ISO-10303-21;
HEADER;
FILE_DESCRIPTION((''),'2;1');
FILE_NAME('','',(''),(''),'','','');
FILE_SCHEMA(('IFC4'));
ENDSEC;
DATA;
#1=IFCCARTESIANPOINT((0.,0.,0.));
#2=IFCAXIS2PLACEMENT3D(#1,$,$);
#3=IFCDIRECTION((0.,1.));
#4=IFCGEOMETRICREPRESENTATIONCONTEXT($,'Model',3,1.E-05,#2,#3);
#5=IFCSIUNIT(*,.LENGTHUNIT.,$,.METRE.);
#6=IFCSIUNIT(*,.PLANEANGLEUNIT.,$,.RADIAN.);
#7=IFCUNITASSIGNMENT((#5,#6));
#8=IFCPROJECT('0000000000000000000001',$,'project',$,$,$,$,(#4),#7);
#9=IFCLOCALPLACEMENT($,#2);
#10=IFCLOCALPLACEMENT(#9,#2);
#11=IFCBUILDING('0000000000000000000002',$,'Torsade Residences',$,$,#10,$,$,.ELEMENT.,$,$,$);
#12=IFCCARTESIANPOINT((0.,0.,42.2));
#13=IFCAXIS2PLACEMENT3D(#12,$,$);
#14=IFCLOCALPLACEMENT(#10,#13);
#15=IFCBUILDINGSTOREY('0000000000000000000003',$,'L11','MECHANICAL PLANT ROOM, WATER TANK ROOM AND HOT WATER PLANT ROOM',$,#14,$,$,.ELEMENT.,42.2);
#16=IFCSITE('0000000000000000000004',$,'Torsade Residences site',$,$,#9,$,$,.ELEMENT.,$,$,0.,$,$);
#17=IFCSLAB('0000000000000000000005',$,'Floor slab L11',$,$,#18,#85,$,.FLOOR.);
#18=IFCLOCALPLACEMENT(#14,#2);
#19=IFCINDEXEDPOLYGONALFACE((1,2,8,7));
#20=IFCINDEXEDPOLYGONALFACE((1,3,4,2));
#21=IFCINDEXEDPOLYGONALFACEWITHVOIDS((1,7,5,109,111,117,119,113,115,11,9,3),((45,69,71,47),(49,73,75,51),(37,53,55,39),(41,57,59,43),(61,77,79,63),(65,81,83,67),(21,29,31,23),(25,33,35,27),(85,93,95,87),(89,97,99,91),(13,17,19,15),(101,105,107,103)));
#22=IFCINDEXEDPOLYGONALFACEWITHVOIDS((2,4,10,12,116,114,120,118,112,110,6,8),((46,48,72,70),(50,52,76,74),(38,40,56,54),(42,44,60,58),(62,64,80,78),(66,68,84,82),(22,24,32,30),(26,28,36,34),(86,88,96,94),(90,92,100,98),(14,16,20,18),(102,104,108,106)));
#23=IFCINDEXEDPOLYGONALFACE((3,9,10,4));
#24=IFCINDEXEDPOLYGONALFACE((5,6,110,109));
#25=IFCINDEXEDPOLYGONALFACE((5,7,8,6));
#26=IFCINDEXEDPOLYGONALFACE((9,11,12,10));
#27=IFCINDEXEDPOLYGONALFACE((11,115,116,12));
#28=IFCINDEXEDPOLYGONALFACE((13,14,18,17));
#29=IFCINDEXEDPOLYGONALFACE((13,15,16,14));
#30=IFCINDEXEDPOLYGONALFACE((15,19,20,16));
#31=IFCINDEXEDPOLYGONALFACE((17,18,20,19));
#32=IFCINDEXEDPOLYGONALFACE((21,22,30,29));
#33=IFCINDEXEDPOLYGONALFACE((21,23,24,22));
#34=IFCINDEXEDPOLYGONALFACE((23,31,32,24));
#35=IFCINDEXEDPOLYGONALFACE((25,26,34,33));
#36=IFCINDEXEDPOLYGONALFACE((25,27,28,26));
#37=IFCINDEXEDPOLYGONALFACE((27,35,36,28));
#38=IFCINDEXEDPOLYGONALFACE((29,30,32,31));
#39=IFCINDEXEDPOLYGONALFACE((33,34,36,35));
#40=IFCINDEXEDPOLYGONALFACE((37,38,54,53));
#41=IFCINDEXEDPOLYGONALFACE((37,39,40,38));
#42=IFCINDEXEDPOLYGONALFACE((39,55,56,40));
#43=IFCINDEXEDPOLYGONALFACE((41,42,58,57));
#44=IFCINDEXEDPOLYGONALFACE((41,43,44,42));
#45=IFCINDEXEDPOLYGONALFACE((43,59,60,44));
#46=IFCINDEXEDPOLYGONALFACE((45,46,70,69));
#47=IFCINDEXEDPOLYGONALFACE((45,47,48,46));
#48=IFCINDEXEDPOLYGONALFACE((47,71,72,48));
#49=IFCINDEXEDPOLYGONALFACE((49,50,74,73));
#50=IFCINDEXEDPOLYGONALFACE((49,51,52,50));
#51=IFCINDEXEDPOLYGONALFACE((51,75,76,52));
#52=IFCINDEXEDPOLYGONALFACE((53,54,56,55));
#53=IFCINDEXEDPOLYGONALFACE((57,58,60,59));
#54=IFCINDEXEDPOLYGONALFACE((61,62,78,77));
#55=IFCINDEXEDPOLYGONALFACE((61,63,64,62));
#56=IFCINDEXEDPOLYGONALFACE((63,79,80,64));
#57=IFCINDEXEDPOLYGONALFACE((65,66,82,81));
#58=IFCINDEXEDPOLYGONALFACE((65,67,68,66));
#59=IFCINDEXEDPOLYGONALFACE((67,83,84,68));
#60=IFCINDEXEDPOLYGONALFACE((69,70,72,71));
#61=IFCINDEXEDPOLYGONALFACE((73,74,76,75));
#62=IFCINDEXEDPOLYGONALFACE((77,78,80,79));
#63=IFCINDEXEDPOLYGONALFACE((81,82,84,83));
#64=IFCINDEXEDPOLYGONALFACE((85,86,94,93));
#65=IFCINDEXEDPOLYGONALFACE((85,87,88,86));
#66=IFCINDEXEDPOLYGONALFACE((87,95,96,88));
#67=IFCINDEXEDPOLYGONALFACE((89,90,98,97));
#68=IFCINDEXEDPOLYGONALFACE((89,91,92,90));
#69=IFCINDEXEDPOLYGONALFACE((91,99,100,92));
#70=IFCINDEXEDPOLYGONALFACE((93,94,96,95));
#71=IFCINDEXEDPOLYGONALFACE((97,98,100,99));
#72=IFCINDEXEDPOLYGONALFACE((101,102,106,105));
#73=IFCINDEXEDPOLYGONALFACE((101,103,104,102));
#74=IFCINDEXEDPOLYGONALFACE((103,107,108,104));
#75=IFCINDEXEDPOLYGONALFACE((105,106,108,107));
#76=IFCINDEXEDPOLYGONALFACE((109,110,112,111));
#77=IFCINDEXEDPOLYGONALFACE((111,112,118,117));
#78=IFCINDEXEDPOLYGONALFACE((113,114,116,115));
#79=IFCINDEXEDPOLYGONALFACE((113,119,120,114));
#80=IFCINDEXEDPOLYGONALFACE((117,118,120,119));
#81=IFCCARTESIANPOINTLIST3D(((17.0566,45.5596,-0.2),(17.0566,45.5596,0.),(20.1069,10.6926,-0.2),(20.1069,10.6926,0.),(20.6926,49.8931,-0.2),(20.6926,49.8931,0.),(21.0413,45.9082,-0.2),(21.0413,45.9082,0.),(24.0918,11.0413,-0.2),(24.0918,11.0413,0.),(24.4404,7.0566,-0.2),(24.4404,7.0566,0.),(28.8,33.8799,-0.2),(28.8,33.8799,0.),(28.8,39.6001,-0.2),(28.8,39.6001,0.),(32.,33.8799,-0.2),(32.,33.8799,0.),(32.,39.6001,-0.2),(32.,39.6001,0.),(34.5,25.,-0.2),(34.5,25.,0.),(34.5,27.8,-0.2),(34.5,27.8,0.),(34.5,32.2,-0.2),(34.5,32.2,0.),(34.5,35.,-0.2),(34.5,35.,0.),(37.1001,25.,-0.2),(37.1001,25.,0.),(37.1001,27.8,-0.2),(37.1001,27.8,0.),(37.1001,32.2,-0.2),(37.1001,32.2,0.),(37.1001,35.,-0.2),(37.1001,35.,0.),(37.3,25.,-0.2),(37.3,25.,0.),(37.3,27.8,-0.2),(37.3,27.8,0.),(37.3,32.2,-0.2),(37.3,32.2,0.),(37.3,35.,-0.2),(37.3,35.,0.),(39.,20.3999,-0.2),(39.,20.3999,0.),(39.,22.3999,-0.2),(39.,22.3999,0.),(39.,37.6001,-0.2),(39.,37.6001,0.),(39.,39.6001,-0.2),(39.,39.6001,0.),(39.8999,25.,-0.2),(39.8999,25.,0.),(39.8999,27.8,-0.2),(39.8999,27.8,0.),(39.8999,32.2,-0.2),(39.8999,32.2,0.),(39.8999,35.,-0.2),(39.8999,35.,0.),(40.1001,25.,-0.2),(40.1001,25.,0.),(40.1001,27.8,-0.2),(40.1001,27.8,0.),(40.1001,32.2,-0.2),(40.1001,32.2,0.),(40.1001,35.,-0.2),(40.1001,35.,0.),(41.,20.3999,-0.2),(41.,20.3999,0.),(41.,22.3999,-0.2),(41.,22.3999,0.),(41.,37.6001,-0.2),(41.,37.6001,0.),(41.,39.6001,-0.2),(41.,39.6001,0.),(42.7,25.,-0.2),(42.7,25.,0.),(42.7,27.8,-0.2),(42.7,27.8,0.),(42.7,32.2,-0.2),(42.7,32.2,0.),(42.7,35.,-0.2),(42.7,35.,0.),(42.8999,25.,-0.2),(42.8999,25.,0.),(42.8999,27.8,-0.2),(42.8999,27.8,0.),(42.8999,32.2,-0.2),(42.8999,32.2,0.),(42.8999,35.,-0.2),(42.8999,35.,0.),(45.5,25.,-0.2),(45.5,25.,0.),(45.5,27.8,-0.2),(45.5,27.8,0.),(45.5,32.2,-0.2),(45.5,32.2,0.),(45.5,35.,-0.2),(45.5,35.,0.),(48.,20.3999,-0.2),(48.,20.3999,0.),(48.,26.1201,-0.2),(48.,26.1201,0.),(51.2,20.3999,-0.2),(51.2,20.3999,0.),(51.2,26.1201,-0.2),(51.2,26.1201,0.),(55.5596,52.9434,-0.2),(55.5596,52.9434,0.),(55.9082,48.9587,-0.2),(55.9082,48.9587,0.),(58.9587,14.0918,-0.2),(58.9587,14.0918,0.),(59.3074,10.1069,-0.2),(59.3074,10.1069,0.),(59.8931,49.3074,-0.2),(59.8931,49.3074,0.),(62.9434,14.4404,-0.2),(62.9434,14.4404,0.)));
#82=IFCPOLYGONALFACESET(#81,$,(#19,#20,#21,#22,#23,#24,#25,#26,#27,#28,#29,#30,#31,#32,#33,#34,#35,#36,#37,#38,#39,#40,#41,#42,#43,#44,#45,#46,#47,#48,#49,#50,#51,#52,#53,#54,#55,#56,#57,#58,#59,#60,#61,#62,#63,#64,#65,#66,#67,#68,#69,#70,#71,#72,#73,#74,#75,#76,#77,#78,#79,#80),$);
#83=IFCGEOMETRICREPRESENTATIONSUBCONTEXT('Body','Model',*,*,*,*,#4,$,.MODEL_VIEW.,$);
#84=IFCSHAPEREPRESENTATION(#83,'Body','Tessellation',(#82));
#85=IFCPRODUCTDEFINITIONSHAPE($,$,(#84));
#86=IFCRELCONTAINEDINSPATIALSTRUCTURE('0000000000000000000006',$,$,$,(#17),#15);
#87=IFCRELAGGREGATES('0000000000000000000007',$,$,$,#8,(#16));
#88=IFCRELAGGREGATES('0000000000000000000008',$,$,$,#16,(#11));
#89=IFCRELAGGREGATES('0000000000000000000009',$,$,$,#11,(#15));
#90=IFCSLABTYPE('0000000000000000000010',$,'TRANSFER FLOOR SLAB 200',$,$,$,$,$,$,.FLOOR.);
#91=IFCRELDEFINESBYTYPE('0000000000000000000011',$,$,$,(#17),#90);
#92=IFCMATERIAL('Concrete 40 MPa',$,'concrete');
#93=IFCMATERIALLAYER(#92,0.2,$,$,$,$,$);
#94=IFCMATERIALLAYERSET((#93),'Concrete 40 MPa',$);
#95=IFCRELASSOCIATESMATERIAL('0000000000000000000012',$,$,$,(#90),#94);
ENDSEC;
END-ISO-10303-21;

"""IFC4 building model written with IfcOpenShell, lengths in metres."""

from ifc_helpers import new_model, si_unit, direction, frame, origin, place, context, subcontext, project, spatial, polyline, outline, extrude, material, layer, layer_set, type_object, element, save


model = new_model("IFC4")

# Units and contexts
model_context = context("Model", 3, precision=1e-05, world=origin(), true_north=direction((0.0, 1.0)))
body_context = subcontext(model_context, "Body", "Model", "MODEL_VIEW")
ifc_project = project(units=[si_unit("LENGTHUNIT", "METRE"), si_unit("PLANEANGLEUNIT", "RADIAN")], contexts=[model_context])

# Site, building, storey
site_placement = place(None, origin())
site = spatial("IfcSite", under=ifc_project, at=site_placement, Name="Torsade Residences site", CompositionType="ELEMENT", RefElevation=0.0)
building_placement = place(site_placement, origin())
building = spatial("IfcBuilding", under=site, at=building_placement, Name="Torsade Residences", CompositionType="ELEMENT")
storey_placement = place(building_placement, frame((0.0, 0.0, 42.2)))
storey = spatial("IfcBuildingStorey", under=building, at=storey_placement, Name="L11", Description="MECHANICAL PLANT ROOM, WATER TANK ROOM AND HOT WATER PLANT ROOM", CompositionType="ELEMENT", Elevation=42.2)

# Slab
ifc_material_1 = material(Name="Concrete 40 MPa", Category="concrete")
ifc_layer_1 = layer(ifc_material_1, 0.2)
ifc_layer_set_1 = layer_set([ifc_layer_1], Name="Concrete 40 MPa")
slab_type_1 = type_object("IfcSlabType", Name="TRANSFER FLOOR SLAB 200", PredefinedType="FLOOR", material=ifc_layer_set_1)
slab_1_placement = place(storey_placement, frame((0.0, 0.0, -0.2)))
element("IfcSlab", 1, at=slab_1_placement, inside=storey, type_object=slab_type_1, Name="Floor slab L11", PredefinedType="FLOOR", context=body_context, shape_type="SweptSolid", body=[
    extrude(outline(polyline([(24.4404, 7.0566), (59.3074, 10.1069), (58.9587, 14.0918), (62.9434, 14.4404), (59.8931, 49.3074), (55.9082, 48.9587), (55.5596, 52.9434), (20.6926, 49.8931), (21.0413, 45.9082), (17.0566, 45.5596), (20.1069, 10.6926), (24.0918, 11.0413), (24.4404, 7.0566)]), holes=[polyline([(51.2, 20.3999), (51.2, 26.1201), (48.0, 26.1201), (48.0, 20.3999), (51.2, 20.3999)]), polyline([(45.5, 27.8), (42.8999, 27.8), (42.8999, 25.0), (45.5, 25.0), (45.5, 27.8)]), polyline([(45.5, 32.2), (45.5, 35.0), (42.8999, 35.0), (42.8999, 32.2), (45.5, 32.2)]), polyline([(42.7, 25.0), (42.7, 27.8), (40.1001, 27.8), (40.1001, 25.0), (42.7, 25.0)]), polyline([(42.7, 32.2), (42.7, 35.0), (40.1001, 35.0), (40.1001, 32.2), (42.7, 32.2)]), polyline([(41.0, 22.3999), (39.0, 22.3999), (39.0, 20.3999), (41.0, 20.3999), (41.0, 22.3999)]), polyline([(41.0, 37.6001), (41.0, 39.6001), (39.0, 39.6001), (39.0, 37.6001), (41.0, 37.6001)]), polyline([(39.8999, 25.0), (39.8999, 27.8), (37.3, 27.8), (37.3, 25.0), (39.8999, 25.0)]), polyline([(39.8999, 35.0), (37.3, 35.0), (37.3, 32.2), (39.8999, 32.2), (39.8999, 35.0)]), polyline([(37.1001, 27.8), (34.5, 27.8), (34.5, 25.0), (37.1001, 25.0), (37.1001, 27.8)]), polyline([(37.1001, 32.2), (37.1001, 35.0), (34.5, 35.0), (34.5, 32.2), (37.1001, 32.2)]), polyline([(32.0, 33.8799), (32.0, 39.6001), (28.8, 39.6001), (28.8, 33.8799), (32.0, 33.8799)])]), origin(), (0.0, 0.0, 1.0), 0.2),
])

save(model, "model.ifc")
